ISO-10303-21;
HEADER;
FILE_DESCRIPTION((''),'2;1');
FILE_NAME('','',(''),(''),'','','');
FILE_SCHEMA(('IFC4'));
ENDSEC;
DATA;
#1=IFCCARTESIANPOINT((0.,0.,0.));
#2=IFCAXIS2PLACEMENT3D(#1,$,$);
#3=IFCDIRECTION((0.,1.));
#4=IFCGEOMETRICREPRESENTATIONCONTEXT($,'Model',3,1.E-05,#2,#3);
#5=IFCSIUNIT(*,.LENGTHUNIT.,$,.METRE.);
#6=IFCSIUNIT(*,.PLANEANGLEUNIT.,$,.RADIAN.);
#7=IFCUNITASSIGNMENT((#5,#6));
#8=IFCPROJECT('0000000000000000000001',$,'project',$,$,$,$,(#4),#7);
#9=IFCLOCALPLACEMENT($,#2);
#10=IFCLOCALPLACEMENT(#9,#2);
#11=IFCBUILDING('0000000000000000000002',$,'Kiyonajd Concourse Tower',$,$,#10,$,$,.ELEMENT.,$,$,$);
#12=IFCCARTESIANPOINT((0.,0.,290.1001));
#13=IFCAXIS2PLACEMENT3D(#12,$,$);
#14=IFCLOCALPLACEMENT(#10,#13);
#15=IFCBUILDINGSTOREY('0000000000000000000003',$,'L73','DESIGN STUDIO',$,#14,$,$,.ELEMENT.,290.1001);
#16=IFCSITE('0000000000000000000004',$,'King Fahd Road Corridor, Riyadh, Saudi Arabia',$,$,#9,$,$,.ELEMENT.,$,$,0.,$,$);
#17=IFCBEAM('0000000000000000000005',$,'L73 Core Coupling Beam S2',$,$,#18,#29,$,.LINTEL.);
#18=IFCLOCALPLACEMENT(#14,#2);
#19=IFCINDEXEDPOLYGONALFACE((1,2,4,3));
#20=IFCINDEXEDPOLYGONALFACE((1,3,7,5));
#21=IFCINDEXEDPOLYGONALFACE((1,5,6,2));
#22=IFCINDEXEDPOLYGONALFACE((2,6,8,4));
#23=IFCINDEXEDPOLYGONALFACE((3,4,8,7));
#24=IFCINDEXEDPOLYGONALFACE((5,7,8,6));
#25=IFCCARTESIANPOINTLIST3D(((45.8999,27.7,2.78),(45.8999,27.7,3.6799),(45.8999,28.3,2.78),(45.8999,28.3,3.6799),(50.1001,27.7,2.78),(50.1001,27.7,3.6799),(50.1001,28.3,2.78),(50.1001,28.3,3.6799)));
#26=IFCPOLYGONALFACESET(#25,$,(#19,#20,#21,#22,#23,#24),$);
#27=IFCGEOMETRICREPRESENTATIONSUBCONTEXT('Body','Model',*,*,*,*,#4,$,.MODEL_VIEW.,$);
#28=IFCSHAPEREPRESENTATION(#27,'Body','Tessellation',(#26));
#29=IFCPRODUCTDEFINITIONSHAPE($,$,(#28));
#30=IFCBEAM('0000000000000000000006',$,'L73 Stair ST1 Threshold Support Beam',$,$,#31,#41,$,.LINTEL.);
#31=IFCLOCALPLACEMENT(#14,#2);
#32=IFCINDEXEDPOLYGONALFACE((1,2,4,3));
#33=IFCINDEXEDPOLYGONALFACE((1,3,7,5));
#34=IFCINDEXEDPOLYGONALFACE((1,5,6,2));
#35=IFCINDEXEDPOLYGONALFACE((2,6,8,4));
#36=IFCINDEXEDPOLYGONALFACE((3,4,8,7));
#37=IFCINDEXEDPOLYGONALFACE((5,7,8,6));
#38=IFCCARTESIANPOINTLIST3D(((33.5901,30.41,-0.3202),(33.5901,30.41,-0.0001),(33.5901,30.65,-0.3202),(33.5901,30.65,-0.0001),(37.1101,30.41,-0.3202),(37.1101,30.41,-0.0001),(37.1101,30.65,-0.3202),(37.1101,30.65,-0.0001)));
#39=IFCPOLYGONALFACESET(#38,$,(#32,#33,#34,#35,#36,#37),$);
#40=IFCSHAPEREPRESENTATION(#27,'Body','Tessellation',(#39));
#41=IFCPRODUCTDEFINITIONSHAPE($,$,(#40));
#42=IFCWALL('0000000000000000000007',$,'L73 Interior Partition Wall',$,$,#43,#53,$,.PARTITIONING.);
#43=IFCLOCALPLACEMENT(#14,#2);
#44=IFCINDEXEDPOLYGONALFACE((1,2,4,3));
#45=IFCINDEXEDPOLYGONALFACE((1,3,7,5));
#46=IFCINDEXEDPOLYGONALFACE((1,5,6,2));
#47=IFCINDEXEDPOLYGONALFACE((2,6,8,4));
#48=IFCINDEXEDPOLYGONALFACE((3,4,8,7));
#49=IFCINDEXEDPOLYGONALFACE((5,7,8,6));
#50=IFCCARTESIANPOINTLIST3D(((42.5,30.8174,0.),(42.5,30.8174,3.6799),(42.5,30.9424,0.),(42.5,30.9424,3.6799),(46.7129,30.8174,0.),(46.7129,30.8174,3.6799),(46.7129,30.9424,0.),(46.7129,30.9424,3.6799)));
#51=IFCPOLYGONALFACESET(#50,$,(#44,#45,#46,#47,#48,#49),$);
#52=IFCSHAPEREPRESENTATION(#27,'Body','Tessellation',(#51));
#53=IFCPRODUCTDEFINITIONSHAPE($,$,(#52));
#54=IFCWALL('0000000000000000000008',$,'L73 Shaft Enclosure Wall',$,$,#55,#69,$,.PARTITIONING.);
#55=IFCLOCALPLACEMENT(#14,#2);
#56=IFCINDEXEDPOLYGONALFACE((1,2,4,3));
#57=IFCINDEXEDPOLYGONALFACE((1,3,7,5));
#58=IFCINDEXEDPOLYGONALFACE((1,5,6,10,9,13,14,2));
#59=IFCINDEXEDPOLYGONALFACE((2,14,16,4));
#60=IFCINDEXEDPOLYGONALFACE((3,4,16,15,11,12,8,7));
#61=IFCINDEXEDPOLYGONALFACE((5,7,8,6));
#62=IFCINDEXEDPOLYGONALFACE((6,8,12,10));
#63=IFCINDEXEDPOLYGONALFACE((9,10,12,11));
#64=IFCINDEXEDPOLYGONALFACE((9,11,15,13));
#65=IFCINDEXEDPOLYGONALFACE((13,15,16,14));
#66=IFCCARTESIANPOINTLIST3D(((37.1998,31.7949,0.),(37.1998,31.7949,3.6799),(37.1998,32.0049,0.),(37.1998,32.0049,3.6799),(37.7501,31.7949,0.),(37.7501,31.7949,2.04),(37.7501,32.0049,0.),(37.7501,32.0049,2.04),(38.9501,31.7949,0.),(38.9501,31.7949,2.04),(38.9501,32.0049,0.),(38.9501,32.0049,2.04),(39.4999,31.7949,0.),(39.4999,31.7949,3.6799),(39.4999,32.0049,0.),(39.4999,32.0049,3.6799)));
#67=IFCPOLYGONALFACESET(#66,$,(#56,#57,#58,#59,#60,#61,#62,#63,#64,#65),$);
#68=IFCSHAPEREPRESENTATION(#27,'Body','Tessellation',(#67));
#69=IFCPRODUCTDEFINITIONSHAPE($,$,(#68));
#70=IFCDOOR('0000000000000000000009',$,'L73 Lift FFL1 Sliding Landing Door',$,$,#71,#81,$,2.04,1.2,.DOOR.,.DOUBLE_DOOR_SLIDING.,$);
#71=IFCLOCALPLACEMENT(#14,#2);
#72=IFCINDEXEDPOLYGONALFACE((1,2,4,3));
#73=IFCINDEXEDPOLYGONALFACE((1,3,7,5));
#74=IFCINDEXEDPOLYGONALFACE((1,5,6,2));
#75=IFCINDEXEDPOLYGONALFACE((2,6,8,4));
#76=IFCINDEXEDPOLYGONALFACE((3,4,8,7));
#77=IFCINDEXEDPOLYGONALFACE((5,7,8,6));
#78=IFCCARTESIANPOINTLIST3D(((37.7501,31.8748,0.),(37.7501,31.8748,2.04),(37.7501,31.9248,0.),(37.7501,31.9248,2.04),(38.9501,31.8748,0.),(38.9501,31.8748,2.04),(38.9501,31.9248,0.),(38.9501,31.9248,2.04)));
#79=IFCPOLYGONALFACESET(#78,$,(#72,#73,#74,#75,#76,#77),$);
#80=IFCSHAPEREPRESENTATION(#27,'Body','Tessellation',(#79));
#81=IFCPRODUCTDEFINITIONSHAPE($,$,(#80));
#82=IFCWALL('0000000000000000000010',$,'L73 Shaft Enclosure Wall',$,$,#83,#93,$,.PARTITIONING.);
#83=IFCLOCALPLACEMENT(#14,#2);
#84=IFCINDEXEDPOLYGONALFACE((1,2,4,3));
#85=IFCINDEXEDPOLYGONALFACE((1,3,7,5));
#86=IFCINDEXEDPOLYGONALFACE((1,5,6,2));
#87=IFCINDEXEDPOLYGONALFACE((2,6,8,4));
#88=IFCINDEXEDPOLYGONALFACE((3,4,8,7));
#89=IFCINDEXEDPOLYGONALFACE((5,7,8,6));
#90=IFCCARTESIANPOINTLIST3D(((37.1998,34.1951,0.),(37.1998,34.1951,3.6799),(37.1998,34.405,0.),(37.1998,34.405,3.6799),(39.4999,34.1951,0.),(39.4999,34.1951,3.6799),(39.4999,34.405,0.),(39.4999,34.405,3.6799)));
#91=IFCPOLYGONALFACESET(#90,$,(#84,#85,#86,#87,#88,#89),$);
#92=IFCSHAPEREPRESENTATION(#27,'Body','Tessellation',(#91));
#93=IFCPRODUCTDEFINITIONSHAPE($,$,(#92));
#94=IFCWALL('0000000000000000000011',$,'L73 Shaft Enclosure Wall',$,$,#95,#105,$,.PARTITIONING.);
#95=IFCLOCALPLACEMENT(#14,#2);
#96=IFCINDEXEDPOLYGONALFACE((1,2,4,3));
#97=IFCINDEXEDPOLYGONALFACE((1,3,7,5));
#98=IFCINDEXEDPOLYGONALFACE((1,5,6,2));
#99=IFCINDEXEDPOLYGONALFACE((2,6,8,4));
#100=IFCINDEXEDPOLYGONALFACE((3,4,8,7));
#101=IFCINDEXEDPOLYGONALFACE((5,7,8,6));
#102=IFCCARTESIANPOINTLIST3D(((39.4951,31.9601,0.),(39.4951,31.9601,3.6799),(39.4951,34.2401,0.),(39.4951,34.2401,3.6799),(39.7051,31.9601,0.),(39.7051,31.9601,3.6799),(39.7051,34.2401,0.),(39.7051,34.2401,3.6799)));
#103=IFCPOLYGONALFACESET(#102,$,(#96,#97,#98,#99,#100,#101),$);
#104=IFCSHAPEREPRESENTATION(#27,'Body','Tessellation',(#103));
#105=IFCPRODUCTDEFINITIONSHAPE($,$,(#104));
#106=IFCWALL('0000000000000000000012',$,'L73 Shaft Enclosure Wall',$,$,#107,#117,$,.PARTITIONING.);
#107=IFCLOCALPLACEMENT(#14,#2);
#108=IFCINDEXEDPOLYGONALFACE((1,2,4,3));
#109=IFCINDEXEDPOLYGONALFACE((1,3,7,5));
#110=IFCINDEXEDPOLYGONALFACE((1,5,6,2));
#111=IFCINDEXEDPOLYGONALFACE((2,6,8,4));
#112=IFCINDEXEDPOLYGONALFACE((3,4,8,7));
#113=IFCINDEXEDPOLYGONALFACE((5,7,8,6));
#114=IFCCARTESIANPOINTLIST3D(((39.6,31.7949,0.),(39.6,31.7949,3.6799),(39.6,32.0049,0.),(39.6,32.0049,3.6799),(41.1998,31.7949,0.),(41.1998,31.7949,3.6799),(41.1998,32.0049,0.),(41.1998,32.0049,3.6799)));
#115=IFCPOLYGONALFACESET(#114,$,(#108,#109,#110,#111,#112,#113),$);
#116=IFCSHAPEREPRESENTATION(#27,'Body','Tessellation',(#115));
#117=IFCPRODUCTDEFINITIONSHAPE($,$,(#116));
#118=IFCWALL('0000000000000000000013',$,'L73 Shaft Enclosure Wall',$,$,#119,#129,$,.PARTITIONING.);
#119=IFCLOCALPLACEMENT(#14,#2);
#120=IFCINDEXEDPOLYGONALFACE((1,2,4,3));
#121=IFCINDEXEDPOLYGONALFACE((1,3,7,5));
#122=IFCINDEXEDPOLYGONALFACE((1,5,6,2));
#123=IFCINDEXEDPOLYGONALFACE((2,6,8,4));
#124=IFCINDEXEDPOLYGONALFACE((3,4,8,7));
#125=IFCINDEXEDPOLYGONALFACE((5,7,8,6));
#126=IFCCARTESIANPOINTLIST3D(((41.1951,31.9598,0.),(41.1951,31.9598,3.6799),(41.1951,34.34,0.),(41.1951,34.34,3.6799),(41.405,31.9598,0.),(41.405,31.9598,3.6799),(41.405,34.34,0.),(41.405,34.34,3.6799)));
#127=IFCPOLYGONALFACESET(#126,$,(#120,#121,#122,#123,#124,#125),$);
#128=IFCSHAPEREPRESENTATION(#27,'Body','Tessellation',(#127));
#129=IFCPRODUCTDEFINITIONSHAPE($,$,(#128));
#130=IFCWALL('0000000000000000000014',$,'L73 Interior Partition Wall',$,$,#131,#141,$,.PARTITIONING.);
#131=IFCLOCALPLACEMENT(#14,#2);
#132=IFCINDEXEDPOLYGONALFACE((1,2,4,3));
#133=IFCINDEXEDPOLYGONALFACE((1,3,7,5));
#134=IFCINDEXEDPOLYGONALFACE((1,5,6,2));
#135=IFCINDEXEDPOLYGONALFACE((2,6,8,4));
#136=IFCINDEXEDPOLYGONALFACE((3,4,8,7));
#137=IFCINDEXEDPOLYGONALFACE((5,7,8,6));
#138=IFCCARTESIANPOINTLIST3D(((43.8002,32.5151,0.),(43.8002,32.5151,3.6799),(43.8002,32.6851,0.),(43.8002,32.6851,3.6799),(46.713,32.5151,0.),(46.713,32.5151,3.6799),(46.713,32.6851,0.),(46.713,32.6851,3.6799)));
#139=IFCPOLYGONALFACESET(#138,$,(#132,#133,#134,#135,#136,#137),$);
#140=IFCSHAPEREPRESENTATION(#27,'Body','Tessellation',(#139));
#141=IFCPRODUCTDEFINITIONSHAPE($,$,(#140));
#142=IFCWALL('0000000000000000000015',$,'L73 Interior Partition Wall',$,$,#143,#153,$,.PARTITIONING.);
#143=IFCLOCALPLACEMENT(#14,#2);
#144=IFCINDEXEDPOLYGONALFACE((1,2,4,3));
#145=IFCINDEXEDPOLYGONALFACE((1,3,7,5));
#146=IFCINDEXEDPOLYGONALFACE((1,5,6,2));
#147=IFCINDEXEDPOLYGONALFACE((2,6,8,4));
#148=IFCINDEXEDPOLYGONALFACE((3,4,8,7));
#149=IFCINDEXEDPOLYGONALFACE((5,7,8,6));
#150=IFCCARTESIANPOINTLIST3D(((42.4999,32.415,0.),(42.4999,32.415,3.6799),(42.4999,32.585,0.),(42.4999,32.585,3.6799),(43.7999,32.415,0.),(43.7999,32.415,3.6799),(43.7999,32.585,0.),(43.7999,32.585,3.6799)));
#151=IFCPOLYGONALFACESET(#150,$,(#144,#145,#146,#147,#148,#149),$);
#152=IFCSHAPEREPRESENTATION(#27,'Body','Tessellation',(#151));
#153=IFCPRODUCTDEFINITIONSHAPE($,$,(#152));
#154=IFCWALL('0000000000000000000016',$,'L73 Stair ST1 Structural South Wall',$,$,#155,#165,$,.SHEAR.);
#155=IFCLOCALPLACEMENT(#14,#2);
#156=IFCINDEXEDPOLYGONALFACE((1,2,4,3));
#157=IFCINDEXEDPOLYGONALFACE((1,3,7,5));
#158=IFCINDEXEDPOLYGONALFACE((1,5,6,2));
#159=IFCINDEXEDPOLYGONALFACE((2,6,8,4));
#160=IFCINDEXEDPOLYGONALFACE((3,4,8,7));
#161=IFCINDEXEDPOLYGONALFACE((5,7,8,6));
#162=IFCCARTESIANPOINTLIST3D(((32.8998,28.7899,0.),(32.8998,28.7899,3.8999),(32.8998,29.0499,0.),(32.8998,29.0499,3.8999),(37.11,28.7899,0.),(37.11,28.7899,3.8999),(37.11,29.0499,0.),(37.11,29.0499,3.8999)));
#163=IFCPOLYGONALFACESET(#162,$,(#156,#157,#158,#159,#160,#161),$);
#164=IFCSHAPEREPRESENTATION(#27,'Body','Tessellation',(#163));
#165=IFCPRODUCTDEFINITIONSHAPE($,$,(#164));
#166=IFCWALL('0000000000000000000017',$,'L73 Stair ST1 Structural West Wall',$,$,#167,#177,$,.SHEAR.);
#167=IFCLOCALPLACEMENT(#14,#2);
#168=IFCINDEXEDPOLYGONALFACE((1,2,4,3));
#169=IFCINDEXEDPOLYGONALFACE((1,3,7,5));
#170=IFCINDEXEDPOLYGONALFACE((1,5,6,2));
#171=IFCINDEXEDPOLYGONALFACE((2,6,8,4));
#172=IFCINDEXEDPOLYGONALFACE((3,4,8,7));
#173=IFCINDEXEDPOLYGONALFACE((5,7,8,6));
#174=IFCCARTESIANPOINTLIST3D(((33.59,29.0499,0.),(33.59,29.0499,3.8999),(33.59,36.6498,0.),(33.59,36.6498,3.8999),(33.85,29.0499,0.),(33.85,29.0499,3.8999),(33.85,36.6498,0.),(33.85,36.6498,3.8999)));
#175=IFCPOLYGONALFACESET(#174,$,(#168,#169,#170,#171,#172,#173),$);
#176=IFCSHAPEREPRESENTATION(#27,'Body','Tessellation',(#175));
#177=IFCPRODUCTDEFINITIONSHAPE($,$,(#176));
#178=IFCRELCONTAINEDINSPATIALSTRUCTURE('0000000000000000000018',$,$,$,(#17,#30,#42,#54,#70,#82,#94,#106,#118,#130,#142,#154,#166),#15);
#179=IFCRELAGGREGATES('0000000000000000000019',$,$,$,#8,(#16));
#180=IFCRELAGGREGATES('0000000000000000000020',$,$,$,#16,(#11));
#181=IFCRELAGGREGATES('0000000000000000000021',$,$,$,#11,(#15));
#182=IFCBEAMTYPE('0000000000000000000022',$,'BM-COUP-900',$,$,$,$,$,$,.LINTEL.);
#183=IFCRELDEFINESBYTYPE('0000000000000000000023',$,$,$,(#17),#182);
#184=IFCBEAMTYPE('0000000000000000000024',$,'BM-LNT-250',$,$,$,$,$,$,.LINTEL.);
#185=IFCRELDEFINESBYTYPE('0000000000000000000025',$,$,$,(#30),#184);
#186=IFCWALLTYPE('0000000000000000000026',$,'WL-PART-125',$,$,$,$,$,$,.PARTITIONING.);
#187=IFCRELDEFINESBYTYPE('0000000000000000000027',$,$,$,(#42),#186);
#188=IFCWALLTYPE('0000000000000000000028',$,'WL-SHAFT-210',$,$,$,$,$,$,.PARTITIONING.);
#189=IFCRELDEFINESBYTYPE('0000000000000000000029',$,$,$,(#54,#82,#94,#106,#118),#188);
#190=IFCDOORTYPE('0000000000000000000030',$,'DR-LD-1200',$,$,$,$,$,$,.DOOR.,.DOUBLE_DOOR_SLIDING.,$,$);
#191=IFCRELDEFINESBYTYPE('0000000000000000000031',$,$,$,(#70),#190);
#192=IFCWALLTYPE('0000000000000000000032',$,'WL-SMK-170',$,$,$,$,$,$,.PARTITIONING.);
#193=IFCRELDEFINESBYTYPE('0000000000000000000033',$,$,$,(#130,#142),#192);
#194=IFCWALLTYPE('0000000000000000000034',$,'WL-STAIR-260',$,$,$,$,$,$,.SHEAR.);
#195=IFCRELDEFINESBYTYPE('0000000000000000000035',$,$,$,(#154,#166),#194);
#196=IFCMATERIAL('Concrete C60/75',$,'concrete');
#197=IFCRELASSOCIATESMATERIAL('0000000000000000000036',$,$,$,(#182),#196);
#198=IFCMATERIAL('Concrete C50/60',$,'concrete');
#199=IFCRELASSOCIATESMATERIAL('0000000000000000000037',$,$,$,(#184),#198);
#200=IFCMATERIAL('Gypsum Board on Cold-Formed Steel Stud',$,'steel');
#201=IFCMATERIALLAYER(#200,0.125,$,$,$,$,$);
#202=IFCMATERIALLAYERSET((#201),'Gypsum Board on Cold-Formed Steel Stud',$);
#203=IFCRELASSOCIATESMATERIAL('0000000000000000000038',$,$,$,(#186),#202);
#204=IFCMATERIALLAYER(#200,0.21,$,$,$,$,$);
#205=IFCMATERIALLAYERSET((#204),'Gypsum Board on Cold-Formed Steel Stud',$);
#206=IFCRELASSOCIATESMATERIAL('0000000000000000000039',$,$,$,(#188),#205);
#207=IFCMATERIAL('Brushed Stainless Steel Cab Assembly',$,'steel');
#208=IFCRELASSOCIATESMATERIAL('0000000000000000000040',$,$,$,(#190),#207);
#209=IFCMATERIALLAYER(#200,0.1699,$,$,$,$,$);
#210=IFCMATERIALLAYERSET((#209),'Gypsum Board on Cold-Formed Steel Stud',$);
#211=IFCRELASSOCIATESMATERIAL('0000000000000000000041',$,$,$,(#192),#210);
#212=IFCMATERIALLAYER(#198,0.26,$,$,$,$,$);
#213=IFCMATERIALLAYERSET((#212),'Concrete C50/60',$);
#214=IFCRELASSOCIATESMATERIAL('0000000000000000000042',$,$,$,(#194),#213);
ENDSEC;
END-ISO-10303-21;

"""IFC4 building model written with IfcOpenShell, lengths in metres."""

from ifc_helpers import new_model, si_unit, direction, frame, frame_2d, origin, origin_2d, place, context, subcontext, project, spatial, rectangle, extrude, material, layer, layer_set, material_profile, profile_set, type_object, element, fill, save


model = new_model("IFC4")

# Units and contexts
model_context = context("Model", 3, precision=1e-05, world=origin(), true_north=direction((0.0, 1.0)))
body_context = subcontext(model_context, "Body", "Model", "MODEL_VIEW")
ifc_project = project(units=[si_unit("LENGTHUNIT", "METRE"), si_unit("PLANEANGLEUNIT", "RADIAN")], contexts=[model_context])

# Site, building, storey
site_placement = place(None, origin())
site = spatial("IfcSite", under=ifc_project, at=site_placement, Name="King Fahd Road Corridor, Riyadh, Saudi Arabia", CompositionType="ELEMENT", RefElevation=0.0)
building_placement = place(site_placement, origin())
building = spatial("IfcBuilding", under=site, at=building_placement, Name="Kiyonajd Concourse Tower", CompositionType="ELEMENT")
storey_placement = place(building_placement, frame((0.0, 0.0, 290.1001)))
storey = spatial("IfcBuildingStorey", under=building, at=storey_placement, Name="L73", Description="DESIGN STUDIO", CompositionType="ELEMENT", Elevation=290.1001)

# Beams
ifc_material_1 = material(Name="Concrete C60/75", Category="concrete")
ifc_material_profile_1 = material_profile(ifc_material_1, rectangle(XDim=0.6001, YDim=0.8999, at=origin_2d()), Name="RCBM-600x900")
ifc_profile_set_1 = profile_set([ifc_material_profile_1], Name="Concrete C60/75")
beam_type_1 = type_object("IfcBeamType", Name="BM-COUP-900", PredefinedType="LINTEL", material=ifc_profile_set_1)
beam_1_placement = place(storey_placement, frame((45.8999, 28.0, 3.23), z_axis=(1.0, 0.0, 0.0), x_axis=(0.0, 1.0, 0.0)))
element("IfcBeam", 1, at=beam_1_placement, inside=storey, type_object=beam_type_1, Name="L73 Core Coupling Beam S2", PredefinedType="LINTEL", context=body_context, shape_type="SweptSolid", body=[
    extrude(rectangle(XDim=0.6001, YDim=0.8999, at=origin_2d()), origin(), (0.0, 0.0, 1.0), 4.2002),
])
ifc_material_2 = material(Name="Concrete C50/60", Category="concrete")
ifc_material_profile_2 = material_profile(ifc_material_2, rectangle(XDim=0.24, YDim=0.3201, at=origin_2d()), Name="RCBM-240x320")
ifc_profile_set_2 = profile_set([ifc_material_profile_2], Name="Concrete C50/60")
beam_type_2 = type_object("IfcBeamType", Name="BM-LNT-250", PredefinedType="LINTEL", material=ifc_profile_set_2)
beam_2_placement = place(storey_placement, frame((33.5901, 30.53, -0.1602), z_axis=(1.0, 0.0, 0.0), x_axis=(0.0, 1.0, 0.0)))
element("IfcBeam", 2, at=beam_2_placement, inside=storey, type_object=beam_type_2, Name="L73 Stair ST1 Threshold Support Beam", PredefinedType="LINTEL", context=body_context, shape_type="SweptSolid", body=[
    extrude(rectangle(XDim=0.24, YDim=0.3201, at=origin_2d()), origin(), (0.0, 0.0, 1.0), 3.52),
])

# Wall
ifc_material_3 = material(Name="Gypsum Board on Cold-Formed Steel Stud", Category="steel")
ifc_layer_1 = layer(ifc_material_3, 0.125)
ifc_layer_set_1 = layer_set([ifc_layer_1], Name="Gypsum Board on Cold-Formed Steel Stud")
wall_type_1 = type_object("IfcWallType", Name="WL-PART-125", PredefinedType="PARTITIONING", material=ifc_layer_set_1)
wall_1_placement = place(storey_placement, frame((42.5, 30.8799, 0.0), z_axis=(0.0, 0.0, 1.0), x_axis=(1.0, 0.0, 0.0)))
element("IfcWall", 3, at=wall_1_placement, inside=storey, type_object=wall_type_1, Name="L73 Interior Partition Wall", PredefinedType="PARTITIONING", context=body_context, shape_type="SweptSolid", body=[
    extrude(rectangle(XDim=4.2129, YDim=0.125, at=frame_2d((2.1064, 0.0))), origin(), (0.0, 0.0, 1.0), 3.6799),
])

# Wall, opening, door
ifc_layer_2 = layer(ifc_material_3, 0.21)
ifc_layer_set_2 = layer_set([ifc_layer_2], Name="Gypsum Board on Cold-Formed Steel Stud")
wall_type_2 = type_object("IfcWallType", Name="WL-SHAFT-210", PredefinedType="PARTITIONING", material=ifc_layer_set_2)
wall_2_placement = place(storey_placement, frame((37.2, 31.8999, 0.0), z_axis=(0.0, 0.0, 1.0), x_axis=(1.0, 0.0, 0.0)))
wall_2 = element("IfcWall", 4, at=wall_2_placement, inside=storey, type_object=wall_type_2, Name="L73 Shaft Enclosure Wall", PredefinedType="PARTITIONING", context=body_context, shape_type="SweptSolid", body=[
    extrude(rectangle(XDim=2.3, YDim=0.21, at=frame_2d((1.1499, 0.0))), origin(), (0.0, 0.0, 1.0), 3.6799),
])
opening_1_placement = place(wall_2_placement, frame((0.55, 0.0, 0.0)))
opening_1 = element("IfcOpeningElement", 5, at=opening_1_placement, cuts=wall_2, PredefinedType="OPENING", context=body_context, shape_type="SweptSolid", body=[
    extrude(rectangle(XDim=1.2, YDim=2.04, at=frame_2d((0.6001, 1.02))), frame((0.0, 0.115, 0.0), z_axis=(0.0, -1.0, 0.0), x_axis=(1.0, 0.0, 0.0)), (0.0, 0.0, 1.0), 0.23),
])
ifc_material_4 = material(Name="Brushed Stainless Steel Cab Assembly", Category="steel")
door_type_1 = type_object("IfcDoorType", Name="DR-LD-1200", OperationType="DOUBLE_DOOR_SLIDING", PredefinedType="DOOR", material=ifc_material_4)
door_1_placement = place(opening_1_placement, origin())
door_1 = element("IfcDoor", 6, at=door_1_placement, inside=storey, type_object=door_type_1, Name="L73 Lift FFL1 Sliding Landing Door", OperationType="DOUBLE_DOOR_SLIDING", OverallHeight=2.04, OverallWidth=1.2, PredefinedType="DOOR", context=body_context, shape_type="SweptSolid", body=[
    extrude(rectangle(XDim=1.2, YDim=2.04, at=frame_2d((0.6001, 1.02))), frame((0.0, 0.0249, 0.0), z_axis=(0.0, -1.0, 0.0), x_axis=(1.0, 0.0, 0.0)), (0.0, 0.0, 1.0), 0.05),
])
fill(opening_1, door_1)

# Walls
wall_3_placement = place(storey_placement, frame((37.2, 34.3, 0.0), z_axis=(0.0, 0.0, 1.0), x_axis=(1.0, 0.0, 0.0)))
element("IfcWall", 7, at=wall_3_placement, inside=storey, type_object=wall_type_2, Name="L73 Shaft Enclosure Wall", PredefinedType="PARTITIONING", context=body_context, shape_type="SweptSolid", body=[
    extrude(rectangle(XDim=2.3, YDim=0.21, at=frame_2d((1.1499, 0.0))), origin(), (0.0, 0.0, 1.0), 3.6799),
])
wall_4_placement = place(storey_placement, frame((39.6001, 31.96, 0.0), z_axis=(0.0, 0.0, 1.0), x_axis=(0.0, 1.0, 0.0)))
element("IfcWall", 8, at=wall_4_placement, inside=storey, type_object=wall_type_2, Name="L73 Shaft Enclosure Wall", PredefinedType="PARTITIONING", context=body_context, shape_type="SweptSolid", body=[
    extrude(rectangle(XDim=2.28, YDim=0.21, at=frame_2d((1.1401, 0.0))), origin(), (0.0, 0.0, 1.0), 3.6799),
])
wall_5_placement = place(storey_placement, frame((39.6001, 31.8999, 0.0), z_axis=(0.0, 0.0, 1.0), x_axis=(1.0, 0.0, 0.0)))
element("IfcWall", 9, at=wall_5_placement, inside=storey, type_object=wall_type_2, Name="L73 Shaft Enclosure Wall", PredefinedType="PARTITIONING", context=body_context, shape_type="SweptSolid", body=[
    extrude(rectangle(XDim=1.5999, YDim=0.21, at=frame_2d((0.7998, 0.0))), origin(), (0.0, 0.0, 1.0), 3.6799),
])
wall_6_placement = place(storey_placement, frame((41.3, 31.96, 0.0), z_axis=(0.0, 0.0, 1.0), x_axis=(0.0, 1.0, 0.0)))
element("IfcWall", 10, at=wall_6_placement, inside=storey, type_object=wall_type_2, Name="L73 Shaft Enclosure Wall", PredefinedType="PARTITIONING", context=body_context, shape_type="SweptSolid", body=[
    extrude(rectangle(XDim=2.3801, YDim=0.21, at=frame_2d((1.1899, 0.0))), origin(), (0.0, 0.0, 1.0), 3.6799),
])
ifc_layer_3 = layer(ifc_material_3, 0.1699)
ifc_layer_set_3 = layer_set([ifc_layer_3], Name="Gypsum Board on Cold-Formed Steel Stud")
wall_type_3 = type_object("IfcWallType", Name="WL-SMK-170", PredefinedType="PARTITIONING", material=ifc_layer_set_3)
wall_7_placement = place(storey_placement, frame((43.8, 32.6001, 0.0), z_axis=(0.0, 0.0, 1.0), x_axis=(1.0, 0.0, 0.0)))
element("IfcWall", 11, at=wall_7_placement, inside=storey, type_object=wall_type_3, Name="L73 Interior Partition Wall", PredefinedType="PARTITIONING", context=body_context, shape_type="SweptSolid", body=[
    extrude(rectangle(XDim=2.9128, YDim=0.1699, at=frame_2d((1.4565, 0.0))), origin(), (0.0, 0.0, 1.0), 3.6799),
])
wall_8_placement = place(storey_placement, frame((42.5, 32.5, 0.0), z_axis=(0.0, 0.0, 1.0), x_axis=(1.0, 0.0, 0.0)))
element("IfcWall", 12, at=wall_8_placement, inside=storey, type_object=wall_type_3, Name="L73 Interior Partition Wall", PredefinedType="PARTITIONING", context=body_context, shape_type="SweptSolid", body=[
    extrude(rectangle(XDim=1.3, YDim=0.1699, at=frame_2d((0.6499, 0.0))), origin(), (0.0, 0.0, 1.0), 3.6799),
])
ifc_layer_4 = layer(ifc_material_2, 0.26)
ifc_layer_set_4 = layer_set([ifc_layer_4], Name="Concrete C50/60")
wall_type_4 = type_object("IfcWallType", Name="WL-STAIR-260", PredefinedType="SHEAR", material=ifc_layer_set_4)
wall_9_placement = place(storey_placement, frame((32.8999, 28.9199, 0.0), z_axis=(0.0, 0.0, 1.0), x_axis=(1.0, 0.0, 0.0)))
element("IfcWall", 13, at=wall_9_placement, inside=storey, type_object=wall_type_4, Name="L73 Stair ST1 Structural South Wall", PredefinedType="SHEAR", context=body_context, shape_type="SweptSolid", body=[
    extrude(rectangle(XDim=4.2102, YDim=0.26, at=frame_2d((2.105, 0.0))), origin(), (0.0, 0.0, 1.0), 3.8999),
])
wall_10_placement = place(storey_placement, frame((33.72, 29.05, 0.0), z_axis=(0.0, 0.0, 1.0), x_axis=(0.0, 1.0, 0.0)))
element("IfcWall", 14, at=wall_10_placement, inside=storey, type_object=wall_type_4, Name="L73 Stair ST1 Structural West Wall", PredefinedType="SHEAR", context=body_context, shape_type="SweptSolid", body=[
    extrude(rectangle(XDim=7.5999, YDim=0.26, at=frame_2d((3.7998, 0.0))), origin(), (0.0, 0.0, 1.0), 3.8999),
])

save(model, "model.ifc")
